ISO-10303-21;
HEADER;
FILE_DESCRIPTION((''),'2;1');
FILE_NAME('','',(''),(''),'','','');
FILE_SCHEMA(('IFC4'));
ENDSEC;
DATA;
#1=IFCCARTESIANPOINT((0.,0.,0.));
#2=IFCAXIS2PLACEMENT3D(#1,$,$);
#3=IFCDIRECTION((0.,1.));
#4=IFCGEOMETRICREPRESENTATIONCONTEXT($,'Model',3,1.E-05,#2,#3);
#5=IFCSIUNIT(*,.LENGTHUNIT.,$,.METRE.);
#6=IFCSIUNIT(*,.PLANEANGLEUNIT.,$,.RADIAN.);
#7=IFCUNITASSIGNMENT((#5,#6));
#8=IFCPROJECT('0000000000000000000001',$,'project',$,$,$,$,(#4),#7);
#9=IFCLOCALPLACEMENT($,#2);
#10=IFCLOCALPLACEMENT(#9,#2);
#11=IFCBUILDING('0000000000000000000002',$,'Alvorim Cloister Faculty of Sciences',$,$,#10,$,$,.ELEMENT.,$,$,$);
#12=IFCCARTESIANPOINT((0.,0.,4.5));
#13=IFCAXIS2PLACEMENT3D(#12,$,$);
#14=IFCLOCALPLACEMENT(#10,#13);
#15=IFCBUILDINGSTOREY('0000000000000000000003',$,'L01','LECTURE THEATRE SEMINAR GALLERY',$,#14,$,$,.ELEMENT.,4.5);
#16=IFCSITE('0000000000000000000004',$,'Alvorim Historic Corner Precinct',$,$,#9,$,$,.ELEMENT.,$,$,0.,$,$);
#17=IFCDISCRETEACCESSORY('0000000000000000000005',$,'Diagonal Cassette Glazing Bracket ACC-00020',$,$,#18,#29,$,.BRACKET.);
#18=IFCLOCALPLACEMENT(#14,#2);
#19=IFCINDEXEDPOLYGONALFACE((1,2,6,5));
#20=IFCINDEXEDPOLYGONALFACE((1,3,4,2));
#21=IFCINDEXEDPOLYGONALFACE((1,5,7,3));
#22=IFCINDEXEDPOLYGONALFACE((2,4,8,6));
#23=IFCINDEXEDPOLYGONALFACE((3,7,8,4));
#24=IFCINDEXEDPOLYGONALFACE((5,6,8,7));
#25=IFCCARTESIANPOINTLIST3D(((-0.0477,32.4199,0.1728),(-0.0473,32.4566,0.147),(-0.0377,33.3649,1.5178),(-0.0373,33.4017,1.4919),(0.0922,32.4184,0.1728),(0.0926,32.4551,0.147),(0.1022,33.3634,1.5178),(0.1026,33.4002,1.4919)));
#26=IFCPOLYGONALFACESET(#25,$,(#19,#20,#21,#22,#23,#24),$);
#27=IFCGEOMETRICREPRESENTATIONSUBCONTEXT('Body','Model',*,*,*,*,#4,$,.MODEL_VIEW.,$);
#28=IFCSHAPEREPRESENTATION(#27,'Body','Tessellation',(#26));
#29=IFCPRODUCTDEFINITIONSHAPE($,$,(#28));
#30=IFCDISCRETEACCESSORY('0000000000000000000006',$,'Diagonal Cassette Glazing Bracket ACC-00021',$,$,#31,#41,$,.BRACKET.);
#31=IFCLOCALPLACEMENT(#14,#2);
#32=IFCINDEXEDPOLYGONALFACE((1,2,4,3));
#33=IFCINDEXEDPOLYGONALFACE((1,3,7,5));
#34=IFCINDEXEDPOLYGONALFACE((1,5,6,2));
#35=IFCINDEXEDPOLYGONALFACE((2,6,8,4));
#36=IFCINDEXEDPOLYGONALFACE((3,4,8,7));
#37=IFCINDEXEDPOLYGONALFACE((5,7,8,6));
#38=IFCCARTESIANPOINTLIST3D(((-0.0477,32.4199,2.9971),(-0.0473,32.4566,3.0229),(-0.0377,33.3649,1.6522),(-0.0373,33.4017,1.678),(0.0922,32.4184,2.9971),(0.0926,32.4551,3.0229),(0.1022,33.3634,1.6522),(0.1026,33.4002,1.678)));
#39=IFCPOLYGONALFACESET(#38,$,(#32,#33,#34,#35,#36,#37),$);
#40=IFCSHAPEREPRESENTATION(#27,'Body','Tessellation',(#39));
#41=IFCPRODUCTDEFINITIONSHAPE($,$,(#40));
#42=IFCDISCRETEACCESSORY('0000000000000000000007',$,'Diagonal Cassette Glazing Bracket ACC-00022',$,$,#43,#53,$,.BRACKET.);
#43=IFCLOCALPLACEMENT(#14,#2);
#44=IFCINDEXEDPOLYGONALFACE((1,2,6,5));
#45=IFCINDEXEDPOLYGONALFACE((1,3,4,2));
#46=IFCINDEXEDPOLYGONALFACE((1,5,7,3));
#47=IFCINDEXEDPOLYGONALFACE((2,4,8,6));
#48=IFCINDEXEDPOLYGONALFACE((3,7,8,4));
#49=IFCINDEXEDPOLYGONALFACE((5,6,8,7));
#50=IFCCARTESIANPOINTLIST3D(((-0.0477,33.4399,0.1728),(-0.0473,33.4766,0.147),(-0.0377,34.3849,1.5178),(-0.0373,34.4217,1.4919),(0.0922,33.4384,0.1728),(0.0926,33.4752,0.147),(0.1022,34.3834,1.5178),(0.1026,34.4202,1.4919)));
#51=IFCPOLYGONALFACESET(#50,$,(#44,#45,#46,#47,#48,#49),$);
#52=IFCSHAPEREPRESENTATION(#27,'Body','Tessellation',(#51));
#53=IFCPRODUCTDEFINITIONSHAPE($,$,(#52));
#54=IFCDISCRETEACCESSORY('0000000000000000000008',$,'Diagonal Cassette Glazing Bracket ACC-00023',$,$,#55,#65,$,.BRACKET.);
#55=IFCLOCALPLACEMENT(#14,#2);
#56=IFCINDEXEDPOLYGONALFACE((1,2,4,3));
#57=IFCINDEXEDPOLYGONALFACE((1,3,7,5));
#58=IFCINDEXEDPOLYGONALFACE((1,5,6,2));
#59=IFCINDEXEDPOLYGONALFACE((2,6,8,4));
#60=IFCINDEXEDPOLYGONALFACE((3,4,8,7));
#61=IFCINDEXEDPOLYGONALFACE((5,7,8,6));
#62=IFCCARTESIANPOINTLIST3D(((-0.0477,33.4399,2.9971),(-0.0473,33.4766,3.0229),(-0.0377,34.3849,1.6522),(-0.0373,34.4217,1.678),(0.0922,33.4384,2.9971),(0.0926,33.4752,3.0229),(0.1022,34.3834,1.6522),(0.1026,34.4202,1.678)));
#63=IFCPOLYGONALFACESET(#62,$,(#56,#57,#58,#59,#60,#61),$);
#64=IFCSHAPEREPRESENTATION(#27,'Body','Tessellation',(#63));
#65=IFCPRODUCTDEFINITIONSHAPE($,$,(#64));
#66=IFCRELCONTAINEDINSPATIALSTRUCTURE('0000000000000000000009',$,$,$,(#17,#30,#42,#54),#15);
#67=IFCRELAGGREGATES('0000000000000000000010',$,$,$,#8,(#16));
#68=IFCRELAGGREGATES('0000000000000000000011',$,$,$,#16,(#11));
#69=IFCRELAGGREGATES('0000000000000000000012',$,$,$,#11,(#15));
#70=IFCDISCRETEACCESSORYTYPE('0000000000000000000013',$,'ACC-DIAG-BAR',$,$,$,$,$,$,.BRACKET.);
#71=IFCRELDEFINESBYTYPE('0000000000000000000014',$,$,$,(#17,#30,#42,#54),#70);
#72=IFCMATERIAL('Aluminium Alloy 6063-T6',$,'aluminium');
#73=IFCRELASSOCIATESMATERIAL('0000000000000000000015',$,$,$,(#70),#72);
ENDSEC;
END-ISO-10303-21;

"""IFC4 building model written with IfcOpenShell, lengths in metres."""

from ifc_helpers import new_model, si_unit, direction, frame, origin, origin_2d, place, context, subcontext, project, spatial, rectangle, extrude, material, type_object, element, save


model = new_model("IFC4")

# Units and contexts
model_context = context("Model", 3, precision=1e-05, world=origin(), true_north=direction((0.0, 1.0)))
body_context = subcontext(model_context, "Body", "Model", "MODEL_VIEW")
ifc_project = project(units=[si_unit("LENGTHUNIT", "METRE"), si_unit("PLANEANGLEUNIT", "RADIAN")], contexts=[model_context])

# Site, building, storey
site_placement = place(None, origin())
site = spatial("IfcSite", under=ifc_project, at=site_placement, Name="Alvorim Historic Corner Precinct", CompositionType="ELEMENT", RefElevation=0.0)
building_placement = place(site_placement, origin())
building = spatial("IfcBuilding", under=site, at=building_placement, Name="Alvorim Cloister Faculty of Sciences", CompositionType="ELEMENT")
storey_placement = place(building_placement, frame((0.0, 0.0, 4.5)))
storey = spatial("IfcBuildingStorey", under=building, at=storey_placement, Name="L01", Description="LECTURE THEATRE SEMINAR GALLERY", CompositionType="ELEMENT", Elevation=4.5)

# Shared definitions
ifc_material_1 = material(Name="Aluminium Alloy 6063-T6", Category="aluminium")

# Discrete accessories
discrete_accessory_type = type_object("IfcDiscreteAccessoryType", Name="ACC-DIAG-BAR", PredefinedType="BRACKET", material=ifc_material_1)
for number, where, z_axis, x_axis, name in (
    (1, (0.0225, 32.4375, 0.1599), (0.006089, 0.574916, 0.81819), (-0.999944, 0.010591, 0.0), "Diagonal Cassette Glazing Bracket ACC-00020"),
    (2, (0.0225, 32.4375, 3.01), (0.006089, 0.574916, -0.81819), (-0.999944, 0.010591, 0.0), "Diagonal Cassette Glazing Bracket ACC-00021"),
    (3, (0.0225, 33.4575, 0.1599), (0.006089, 0.574916, 0.81819), (-0.999944, 0.010591, 0.0), "Diagonal Cassette Glazing Bracket ACC-00022"),
    (4, (0.0225, 33.4575, 3.01), (0.006089, 0.574916, -0.81819), (-0.999944, 0.010591, 0.0), "Diagonal Cassette Glazing Bracket ACC-00023"),
):
    element("IfcDiscreteAccessory", number, at=place(storey_placement, frame(where, z_axis=z_axis, x_axis=x_axis)), inside=storey, type_object=discrete_accessory_type, Name=name, PredefinedType="BRACKET", context=body_context, shape_type="SweptSolid", body=[
        extrude(rectangle(XDim=0.1399, YDim=0.0449, at=origin_2d()), origin(), (0.0, 0.0, 1.0), 1.6438),
    ])

save(model, "model.ifc")
